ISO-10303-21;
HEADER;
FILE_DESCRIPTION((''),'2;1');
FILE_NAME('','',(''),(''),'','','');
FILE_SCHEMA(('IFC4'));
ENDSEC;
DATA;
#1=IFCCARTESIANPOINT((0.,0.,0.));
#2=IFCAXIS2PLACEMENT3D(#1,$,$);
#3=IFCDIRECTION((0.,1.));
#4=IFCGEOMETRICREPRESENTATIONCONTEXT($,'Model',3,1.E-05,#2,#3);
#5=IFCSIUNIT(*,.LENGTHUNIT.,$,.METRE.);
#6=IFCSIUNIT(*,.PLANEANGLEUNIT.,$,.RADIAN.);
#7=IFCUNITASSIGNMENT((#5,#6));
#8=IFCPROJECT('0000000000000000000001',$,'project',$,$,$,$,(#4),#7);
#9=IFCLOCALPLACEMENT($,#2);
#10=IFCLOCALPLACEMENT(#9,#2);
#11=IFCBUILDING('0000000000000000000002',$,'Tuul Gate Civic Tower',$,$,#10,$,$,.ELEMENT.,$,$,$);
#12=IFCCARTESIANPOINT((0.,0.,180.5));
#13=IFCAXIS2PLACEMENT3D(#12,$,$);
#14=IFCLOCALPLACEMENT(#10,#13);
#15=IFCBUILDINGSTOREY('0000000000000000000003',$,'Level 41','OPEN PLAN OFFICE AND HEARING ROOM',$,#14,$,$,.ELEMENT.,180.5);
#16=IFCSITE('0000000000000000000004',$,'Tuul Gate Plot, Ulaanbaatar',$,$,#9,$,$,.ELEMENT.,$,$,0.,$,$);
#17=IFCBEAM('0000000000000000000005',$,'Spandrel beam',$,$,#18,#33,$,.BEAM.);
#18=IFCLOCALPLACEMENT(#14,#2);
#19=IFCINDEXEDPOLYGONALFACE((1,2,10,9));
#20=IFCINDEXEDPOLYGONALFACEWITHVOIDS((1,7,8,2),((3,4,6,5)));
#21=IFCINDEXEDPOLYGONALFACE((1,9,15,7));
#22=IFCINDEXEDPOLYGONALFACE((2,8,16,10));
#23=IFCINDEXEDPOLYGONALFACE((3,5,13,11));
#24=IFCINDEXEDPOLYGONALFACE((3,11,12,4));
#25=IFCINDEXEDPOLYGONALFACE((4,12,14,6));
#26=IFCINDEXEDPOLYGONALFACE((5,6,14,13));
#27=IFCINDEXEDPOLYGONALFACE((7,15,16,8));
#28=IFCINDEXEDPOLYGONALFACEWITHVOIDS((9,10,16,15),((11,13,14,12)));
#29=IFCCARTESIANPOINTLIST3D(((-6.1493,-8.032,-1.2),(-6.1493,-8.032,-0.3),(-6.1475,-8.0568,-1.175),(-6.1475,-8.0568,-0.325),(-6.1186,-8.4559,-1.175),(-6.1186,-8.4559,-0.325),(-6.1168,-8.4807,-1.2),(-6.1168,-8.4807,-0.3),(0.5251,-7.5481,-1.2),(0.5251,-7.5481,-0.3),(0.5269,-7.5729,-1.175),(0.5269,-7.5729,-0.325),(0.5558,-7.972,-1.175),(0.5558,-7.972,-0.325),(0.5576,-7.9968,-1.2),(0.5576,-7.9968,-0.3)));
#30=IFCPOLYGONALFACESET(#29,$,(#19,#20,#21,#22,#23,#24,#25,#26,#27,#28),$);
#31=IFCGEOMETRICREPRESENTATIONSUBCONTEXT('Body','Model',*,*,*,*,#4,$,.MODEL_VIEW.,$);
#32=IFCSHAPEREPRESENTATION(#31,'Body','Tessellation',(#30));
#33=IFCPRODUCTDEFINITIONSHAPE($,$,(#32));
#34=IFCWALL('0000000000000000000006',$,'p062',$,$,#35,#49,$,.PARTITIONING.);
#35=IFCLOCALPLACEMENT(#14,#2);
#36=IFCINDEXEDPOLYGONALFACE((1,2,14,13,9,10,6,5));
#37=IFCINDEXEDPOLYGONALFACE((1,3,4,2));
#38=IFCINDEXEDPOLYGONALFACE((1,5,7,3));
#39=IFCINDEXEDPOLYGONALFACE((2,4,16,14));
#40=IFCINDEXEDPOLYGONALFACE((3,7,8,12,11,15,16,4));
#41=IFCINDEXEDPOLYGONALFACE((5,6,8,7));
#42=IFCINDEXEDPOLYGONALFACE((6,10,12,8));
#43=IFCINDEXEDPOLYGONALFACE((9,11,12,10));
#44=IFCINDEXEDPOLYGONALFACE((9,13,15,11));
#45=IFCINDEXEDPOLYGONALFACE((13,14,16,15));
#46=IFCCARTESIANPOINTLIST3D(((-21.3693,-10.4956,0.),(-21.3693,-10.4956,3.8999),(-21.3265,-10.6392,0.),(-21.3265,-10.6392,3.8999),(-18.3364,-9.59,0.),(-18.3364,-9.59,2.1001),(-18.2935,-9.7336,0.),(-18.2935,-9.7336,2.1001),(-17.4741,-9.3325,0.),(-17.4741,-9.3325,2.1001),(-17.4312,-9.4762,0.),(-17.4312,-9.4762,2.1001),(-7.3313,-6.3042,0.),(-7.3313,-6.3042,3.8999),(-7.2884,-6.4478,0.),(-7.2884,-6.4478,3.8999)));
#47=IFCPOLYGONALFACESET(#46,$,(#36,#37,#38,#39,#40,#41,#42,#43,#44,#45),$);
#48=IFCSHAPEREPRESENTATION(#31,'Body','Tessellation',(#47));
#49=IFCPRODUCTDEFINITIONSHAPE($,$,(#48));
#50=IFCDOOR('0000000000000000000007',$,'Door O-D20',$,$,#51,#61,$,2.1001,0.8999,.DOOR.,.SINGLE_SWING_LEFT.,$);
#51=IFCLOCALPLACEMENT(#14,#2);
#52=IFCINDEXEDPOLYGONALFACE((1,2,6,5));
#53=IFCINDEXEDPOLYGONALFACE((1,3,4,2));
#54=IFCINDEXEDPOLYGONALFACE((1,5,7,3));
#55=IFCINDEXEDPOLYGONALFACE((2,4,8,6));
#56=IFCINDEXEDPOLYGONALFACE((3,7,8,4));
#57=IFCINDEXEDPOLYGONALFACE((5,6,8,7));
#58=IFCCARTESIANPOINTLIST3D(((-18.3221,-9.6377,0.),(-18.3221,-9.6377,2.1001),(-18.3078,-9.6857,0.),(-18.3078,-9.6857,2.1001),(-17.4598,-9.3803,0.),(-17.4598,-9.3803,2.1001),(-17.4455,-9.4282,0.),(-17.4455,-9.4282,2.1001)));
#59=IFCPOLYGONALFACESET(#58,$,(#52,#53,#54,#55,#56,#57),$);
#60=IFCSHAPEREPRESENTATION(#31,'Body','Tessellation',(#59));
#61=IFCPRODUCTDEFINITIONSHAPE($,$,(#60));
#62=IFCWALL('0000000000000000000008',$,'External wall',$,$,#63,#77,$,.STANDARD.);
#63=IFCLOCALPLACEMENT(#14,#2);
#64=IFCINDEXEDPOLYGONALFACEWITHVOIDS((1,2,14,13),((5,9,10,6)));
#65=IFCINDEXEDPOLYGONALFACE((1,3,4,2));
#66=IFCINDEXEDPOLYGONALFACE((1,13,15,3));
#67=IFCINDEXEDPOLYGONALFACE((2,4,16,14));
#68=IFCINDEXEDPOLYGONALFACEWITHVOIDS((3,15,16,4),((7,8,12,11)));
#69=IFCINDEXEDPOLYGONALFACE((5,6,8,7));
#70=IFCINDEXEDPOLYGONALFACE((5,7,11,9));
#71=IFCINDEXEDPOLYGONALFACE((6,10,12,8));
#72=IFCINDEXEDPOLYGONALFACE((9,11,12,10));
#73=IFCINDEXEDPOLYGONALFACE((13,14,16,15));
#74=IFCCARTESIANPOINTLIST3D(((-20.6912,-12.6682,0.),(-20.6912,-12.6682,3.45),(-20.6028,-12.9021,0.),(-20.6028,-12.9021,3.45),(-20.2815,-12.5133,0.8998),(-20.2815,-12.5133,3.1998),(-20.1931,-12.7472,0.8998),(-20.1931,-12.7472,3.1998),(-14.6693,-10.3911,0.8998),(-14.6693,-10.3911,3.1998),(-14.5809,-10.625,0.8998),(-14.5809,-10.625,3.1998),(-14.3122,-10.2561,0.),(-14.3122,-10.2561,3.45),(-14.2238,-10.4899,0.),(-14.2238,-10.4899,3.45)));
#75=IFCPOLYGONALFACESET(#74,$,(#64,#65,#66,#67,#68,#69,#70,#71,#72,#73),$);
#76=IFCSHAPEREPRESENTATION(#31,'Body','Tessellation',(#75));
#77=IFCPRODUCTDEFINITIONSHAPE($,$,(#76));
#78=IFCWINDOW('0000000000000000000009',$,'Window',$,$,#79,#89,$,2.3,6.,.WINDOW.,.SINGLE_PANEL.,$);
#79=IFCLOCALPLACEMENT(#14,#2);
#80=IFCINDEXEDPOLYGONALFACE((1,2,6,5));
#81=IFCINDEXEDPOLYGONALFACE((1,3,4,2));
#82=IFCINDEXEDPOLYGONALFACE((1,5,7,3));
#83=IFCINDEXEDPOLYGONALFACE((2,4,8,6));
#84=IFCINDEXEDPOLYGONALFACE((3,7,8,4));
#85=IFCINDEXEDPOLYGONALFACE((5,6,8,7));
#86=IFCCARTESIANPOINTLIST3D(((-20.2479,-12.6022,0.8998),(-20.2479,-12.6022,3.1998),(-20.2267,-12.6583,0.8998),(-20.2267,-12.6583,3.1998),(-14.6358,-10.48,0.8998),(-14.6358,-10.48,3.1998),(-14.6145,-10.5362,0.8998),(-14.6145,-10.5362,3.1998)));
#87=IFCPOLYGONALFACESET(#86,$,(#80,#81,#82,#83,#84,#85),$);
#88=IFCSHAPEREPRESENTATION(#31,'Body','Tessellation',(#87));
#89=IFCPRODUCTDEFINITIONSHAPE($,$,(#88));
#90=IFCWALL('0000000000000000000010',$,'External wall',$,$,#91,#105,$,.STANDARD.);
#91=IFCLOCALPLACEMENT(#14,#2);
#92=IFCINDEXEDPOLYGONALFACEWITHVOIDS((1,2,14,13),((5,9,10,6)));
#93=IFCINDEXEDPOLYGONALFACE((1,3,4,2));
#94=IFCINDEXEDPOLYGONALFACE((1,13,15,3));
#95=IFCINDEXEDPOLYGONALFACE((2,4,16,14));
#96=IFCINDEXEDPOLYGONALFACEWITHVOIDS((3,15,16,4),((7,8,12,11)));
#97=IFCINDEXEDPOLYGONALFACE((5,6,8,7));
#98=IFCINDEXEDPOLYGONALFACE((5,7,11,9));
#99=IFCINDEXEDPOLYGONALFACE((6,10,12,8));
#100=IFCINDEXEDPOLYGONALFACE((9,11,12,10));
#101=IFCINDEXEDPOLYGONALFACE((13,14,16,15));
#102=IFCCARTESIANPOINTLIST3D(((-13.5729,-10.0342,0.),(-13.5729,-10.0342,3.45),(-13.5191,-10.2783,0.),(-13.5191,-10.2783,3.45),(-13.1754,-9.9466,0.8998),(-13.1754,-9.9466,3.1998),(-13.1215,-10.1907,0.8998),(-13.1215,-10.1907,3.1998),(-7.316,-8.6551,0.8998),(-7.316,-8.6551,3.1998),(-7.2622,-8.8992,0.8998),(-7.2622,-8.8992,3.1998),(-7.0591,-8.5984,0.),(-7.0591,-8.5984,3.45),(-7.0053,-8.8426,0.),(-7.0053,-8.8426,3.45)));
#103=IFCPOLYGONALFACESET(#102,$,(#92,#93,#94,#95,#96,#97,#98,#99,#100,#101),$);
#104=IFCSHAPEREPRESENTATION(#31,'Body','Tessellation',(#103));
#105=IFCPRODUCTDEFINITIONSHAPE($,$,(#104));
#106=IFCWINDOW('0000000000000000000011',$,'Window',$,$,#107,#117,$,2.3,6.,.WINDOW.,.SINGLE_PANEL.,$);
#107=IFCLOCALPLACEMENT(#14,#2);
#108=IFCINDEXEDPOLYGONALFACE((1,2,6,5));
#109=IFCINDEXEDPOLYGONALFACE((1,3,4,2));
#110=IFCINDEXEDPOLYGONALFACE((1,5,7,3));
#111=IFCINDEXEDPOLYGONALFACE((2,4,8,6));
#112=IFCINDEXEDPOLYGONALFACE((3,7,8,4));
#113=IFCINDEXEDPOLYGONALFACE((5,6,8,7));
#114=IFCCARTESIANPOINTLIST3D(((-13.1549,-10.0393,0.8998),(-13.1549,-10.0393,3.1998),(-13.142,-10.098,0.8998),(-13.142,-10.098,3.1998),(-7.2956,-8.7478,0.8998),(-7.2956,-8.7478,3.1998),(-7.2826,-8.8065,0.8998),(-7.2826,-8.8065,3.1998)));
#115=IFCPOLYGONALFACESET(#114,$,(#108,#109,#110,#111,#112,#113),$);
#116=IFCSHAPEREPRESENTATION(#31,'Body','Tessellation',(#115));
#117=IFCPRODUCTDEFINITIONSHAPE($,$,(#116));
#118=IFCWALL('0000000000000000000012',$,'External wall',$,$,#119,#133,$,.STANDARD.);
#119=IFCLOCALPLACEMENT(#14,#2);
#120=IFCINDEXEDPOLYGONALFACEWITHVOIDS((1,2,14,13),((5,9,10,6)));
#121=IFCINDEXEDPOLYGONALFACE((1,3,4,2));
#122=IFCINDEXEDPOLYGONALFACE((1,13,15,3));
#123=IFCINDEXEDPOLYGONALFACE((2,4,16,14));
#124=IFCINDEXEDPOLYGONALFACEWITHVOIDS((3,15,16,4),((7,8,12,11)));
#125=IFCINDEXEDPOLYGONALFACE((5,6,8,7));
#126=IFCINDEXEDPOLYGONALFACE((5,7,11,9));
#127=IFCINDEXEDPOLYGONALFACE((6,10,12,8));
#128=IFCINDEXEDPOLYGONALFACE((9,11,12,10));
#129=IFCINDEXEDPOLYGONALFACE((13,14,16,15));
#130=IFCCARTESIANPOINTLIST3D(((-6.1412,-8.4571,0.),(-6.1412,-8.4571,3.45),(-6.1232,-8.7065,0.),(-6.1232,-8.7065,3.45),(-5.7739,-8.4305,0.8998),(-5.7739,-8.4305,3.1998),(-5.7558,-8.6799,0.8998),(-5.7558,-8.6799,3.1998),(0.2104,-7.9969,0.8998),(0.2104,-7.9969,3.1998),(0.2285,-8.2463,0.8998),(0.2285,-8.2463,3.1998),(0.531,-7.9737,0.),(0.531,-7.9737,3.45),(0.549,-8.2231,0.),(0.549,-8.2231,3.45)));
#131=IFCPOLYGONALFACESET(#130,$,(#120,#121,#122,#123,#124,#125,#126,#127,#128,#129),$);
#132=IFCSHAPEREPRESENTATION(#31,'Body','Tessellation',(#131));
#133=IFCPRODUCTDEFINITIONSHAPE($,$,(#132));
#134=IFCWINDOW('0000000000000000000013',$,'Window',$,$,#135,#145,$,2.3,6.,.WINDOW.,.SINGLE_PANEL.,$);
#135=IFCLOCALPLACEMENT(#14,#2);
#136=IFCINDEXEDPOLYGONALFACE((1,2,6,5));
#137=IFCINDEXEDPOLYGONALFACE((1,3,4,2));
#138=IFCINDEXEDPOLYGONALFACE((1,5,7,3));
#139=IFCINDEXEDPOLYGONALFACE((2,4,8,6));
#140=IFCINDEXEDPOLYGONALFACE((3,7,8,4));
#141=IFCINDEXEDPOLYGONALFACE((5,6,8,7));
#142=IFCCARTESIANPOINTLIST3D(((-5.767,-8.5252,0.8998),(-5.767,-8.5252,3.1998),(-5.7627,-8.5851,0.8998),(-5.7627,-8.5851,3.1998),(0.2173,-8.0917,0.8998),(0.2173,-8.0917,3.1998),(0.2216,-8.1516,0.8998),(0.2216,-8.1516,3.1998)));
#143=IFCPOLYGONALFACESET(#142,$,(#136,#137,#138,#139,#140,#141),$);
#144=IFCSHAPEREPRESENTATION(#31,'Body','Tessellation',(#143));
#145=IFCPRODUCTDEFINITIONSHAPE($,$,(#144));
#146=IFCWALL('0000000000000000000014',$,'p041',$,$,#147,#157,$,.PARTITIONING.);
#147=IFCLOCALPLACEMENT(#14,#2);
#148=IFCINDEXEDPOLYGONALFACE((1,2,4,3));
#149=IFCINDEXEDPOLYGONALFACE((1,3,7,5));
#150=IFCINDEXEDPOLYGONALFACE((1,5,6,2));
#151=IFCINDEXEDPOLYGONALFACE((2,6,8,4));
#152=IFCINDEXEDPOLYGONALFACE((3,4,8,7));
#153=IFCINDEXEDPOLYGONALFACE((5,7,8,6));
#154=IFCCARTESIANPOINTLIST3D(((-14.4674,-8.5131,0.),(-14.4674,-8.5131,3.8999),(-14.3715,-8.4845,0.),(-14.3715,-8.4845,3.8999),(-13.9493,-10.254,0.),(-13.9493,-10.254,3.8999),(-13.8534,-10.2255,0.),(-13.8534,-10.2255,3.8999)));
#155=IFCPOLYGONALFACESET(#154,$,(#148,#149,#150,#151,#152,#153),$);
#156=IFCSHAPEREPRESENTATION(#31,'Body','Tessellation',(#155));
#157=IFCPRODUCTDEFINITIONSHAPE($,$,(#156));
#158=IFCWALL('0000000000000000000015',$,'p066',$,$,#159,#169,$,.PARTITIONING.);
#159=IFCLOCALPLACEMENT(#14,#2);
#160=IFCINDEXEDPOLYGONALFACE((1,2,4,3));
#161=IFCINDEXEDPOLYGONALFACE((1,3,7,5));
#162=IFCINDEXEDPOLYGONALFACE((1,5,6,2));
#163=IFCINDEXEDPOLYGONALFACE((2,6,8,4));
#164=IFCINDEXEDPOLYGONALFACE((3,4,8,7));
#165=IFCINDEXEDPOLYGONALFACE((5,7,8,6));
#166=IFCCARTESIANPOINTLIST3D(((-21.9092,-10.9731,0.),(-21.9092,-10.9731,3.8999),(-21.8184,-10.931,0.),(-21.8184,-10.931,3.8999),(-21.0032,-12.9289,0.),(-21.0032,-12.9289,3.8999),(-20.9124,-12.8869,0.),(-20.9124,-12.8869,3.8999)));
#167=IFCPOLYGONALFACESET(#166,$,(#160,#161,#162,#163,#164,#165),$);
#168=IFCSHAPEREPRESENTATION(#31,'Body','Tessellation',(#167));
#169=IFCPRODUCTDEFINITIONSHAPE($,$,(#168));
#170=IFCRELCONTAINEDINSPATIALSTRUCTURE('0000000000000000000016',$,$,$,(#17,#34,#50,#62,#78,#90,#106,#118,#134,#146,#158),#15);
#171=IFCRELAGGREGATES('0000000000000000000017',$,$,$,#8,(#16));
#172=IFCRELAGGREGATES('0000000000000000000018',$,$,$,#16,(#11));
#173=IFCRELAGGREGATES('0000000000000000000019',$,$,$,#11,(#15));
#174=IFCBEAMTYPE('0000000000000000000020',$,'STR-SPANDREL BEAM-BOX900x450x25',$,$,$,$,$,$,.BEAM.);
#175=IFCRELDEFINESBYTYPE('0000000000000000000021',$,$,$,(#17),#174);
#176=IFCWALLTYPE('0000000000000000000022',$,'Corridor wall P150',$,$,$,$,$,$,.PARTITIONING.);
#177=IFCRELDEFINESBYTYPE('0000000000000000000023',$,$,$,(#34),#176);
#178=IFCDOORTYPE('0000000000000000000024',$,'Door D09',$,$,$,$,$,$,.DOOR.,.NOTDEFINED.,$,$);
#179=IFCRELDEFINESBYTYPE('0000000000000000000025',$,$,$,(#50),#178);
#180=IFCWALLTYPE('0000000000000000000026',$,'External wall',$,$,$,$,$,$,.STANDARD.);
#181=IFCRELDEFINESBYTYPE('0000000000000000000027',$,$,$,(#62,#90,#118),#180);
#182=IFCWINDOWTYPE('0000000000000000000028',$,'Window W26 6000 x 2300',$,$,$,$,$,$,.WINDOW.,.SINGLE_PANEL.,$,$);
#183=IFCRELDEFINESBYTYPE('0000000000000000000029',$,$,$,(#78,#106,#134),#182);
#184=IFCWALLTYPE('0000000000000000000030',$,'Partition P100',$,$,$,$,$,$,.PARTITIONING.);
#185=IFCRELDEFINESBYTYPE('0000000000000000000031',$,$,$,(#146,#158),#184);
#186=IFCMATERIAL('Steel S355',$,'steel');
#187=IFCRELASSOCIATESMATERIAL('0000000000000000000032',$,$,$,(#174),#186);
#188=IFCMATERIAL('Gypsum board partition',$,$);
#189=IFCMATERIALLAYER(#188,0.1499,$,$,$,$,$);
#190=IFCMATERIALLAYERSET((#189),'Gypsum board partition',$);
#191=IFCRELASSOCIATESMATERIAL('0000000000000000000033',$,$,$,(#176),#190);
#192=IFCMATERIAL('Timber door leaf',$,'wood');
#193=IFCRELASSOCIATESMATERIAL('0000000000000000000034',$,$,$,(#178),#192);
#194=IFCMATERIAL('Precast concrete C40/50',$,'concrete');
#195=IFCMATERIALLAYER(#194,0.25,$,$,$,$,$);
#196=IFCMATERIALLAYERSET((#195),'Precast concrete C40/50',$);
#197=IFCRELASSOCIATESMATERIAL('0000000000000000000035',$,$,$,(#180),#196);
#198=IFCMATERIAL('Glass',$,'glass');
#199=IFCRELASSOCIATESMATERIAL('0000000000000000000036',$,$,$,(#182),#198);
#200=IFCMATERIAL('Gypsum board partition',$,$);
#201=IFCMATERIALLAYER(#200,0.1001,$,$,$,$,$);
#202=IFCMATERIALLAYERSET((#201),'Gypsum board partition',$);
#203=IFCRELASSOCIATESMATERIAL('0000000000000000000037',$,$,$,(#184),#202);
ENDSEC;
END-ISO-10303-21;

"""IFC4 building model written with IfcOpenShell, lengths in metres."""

from ifc_helpers import new_model, si_unit, direction, frame, frame_2d, origin, origin_2d, place, context, subcontext, project, spatial, rectangle, hollow_rectangle, extrude, material, layer, layer_set, material_profile, profile_set, type_object, element, fill, save


model = new_model("IFC4")

# Units and contexts
model_context = context("Model", 3, precision=1e-05, world=origin(), true_north=direction((0.0, 1.0)))
body_context = subcontext(model_context, "Body", "Model", "MODEL_VIEW")
ifc_project = project(units=[si_unit("LENGTHUNIT", "METRE"), si_unit("PLANEANGLEUNIT", "RADIAN")], contexts=[model_context])

# Site, building, storey
site_placement = place(None, origin())
site = spatial("IfcSite", under=ifc_project, at=site_placement, Name="Tuul Gate Plot, Ulaanbaatar", CompositionType="ELEMENT", RefElevation=0.0)
building_placement = place(site_placement, origin())
building = spatial("IfcBuilding", under=site, at=building_placement, Name="Tuul Gate Civic Tower", CompositionType="ELEMENT")
storey_placement = place(building_placement, frame((0.0, 0.0, 180.5)))
storey = spatial("IfcBuildingStorey", under=building, at=storey_placement, Name="Level 41", Description="OPEN PLAN OFFICE AND HEARING ROOM", CompositionType="ELEMENT", Elevation=180.5)

# Beam
ifc_material_1 = material(Name="Steel S355", Category="steel")
ifc_material_profile_1 = material_profile(ifc_material_1, hollow_rectangle(XDim=0.45, YDim=0.8999, WallThickness=0.0249, at=origin_2d()), Name="BOX900x450x25")
ifc_profile_set_1 = profile_set([ifc_material_profile_1], Name="Steel S355")
beam_type_1 = type_object("IfcBeamType", Name="STR-SPANDREL BEAM-BOX900x450x25", PredefinedType="BEAM", material=ifc_profile_set_1)
beam_1_placement = place(storey_placement, frame((-6.1331, -8.2563, -0.75), z_axis=(0.997382, 0.07231, 0.0), x_axis=(-0.07231, 0.997382, 0.0)))
element("IfcBeam", 1, at=beam_1_placement, inside=storey, type_object=beam_type_1, Name="Spandrel beam", PredefinedType="BEAM", context=body_context, shape_type="SweptSolid", body=[
    extrude(hollow_rectangle(XDim=0.45, YDim=0.8999, WallThickness=0.0249, at=origin_2d()), origin(), (0.0, 0.0, 1.0), 6.6919),
])

# Wall, opening, door
ifc_material_2 = material(Name="Gypsum board partition")
ifc_layer_1 = layer(ifc_material_2, 0.1499)
ifc_layer_set_1 = layer_set([ifc_layer_1], Name="Gypsum board partition")
wall_type_1 = type_object("IfcWallType", Name="Corridor wall P150", PredefinedType="PARTITIONING", material=ifc_layer_set_1)
wall_1_placement = place(storey_placement, frame((-21.3479, -10.5674, 0.0), z_axis=(0.0, 0.0, 1.0), x_axis=(0.958202, 0.286094, 0.0)))
wall_1 = element("IfcWall", 2, at=wall_1_placement, inside=storey, type_object=wall_type_1, Name="p062", PredefinedType="PARTITIONING", context=body_context, shape_type="SweptSolid", body=[
    extrude(rectangle(XDim=14.6504, YDim=0.1499, at=frame_2d((7.3252, 0.0))), origin(), (0.0, 0.0, 1.0), 3.8999),
])
opening_1_placement = place(wall_1_placement, frame((3.1653, 0.0, 0.0)))
opening_1 = element("IfcOpeningElement", 3, at=opening_1_placement, cuts=wall_1, PredefinedType="OPENING", context=body_context, shape_type="SweptSolid", body=[
    extrude(rectangle(XDim=0.8999, YDim=2.1001, at=frame_2d((0.45, 1.05))), frame((0.0, 0.085, 0.0), z_axis=(0.0, -1.0, 0.0), x_axis=(1.0, 0.0, 0.0)), (0.0, 0.0, 1.0), 0.1699),
])
ifc_material_3 = material(Name="Timber door leaf", Category="wood")
door_type = type_object("IfcDoorType", Name="Door D09", OperationType="NOTDEFINED", PredefinedType="DOOR", material=ifc_material_3)
door_placement = place(opening_1_placement, frame((0.8999, 0.0, 0.0), z_axis=(0.0, 0.0, 1.0), x_axis=(-1.0, 0.0, 0.0)))
door = element("IfcDoor", 4, at=door_placement, inside=storey, type_object=door_type, Name="Door O-D20", OperationType="SINGLE_SWING_LEFT", OverallHeight=2.1001, OverallWidth=0.8999, PredefinedType="DOOR", context=body_context, shape_type="SweptSolid", body=[
    extrude(rectangle(XDim=0.8999, YDim=2.1001, at=frame_2d((0.45, 1.05))), frame((0.0, 0.0249, 0.0), z_axis=(0.0, -1.0, 0.0), x_axis=(1.0, 0.0, 0.0)), (0.0, 0.0, 1.0), 0.05),
])
fill(opening_1, door)

# Walls, openings, windows
ifc_material_4 = material(Name="Precast concrete C40/50", Category="concrete")
ifc_layer_2 = layer(ifc_material_4, 0.25)
ifc_layer_set_2 = layer_set([ifc_layer_2], Name="Precast concrete C40/50")
wall_type_2 = type_object("IfcWallType", Name="External wall", PredefinedType="STANDARD", material=ifc_layer_set_2)
wall_2_placement = place(storey_placement, frame((-20.647, -12.7852, 0.0), z_axis=(0.0, 0.0, 1.0), x_axis=(0.935361, 0.353696, 0.0)))
wall_2 = element("IfcWall", 5, at=wall_2_placement, inside=storey, type_object=wall_type_2, Name="External wall", PredefinedType="STANDARD", context=body_context, shape_type="SweptSolid", body=[
    extrude(rectangle(XDim=6.8198, YDim=0.25, at=frame_2d((3.4099, 0.0))), origin(), (0.0, 0.0, 1.0), 3.45),
])
opening_2_placement = place(wall_2_placement, frame((0.438, 0.0, 0.8999)))
opening_2 = element("IfcOpeningElement", 6, at=opening_2_placement, cuts=wall_2, PredefinedType="OPENING", context=body_context, shape_type="SweptSolid", body=[
    extrude(rectangle(XDim=6.0, YDim=2.3, at=frame_2d((3.0, 1.1499))), frame((0.0, 0.135, 0.0), z_axis=(0.0, -1.0, 0.0), x_axis=(1.0, 0.0, 0.0)), (0.0, 0.0, 1.0), 0.27),
])
ifc_material_5 = material(Name="Glass", Category="glass")
window_type = type_object("IfcWindowType", Name="Window W26 6000 x 2300", PartitioningType="SINGLE_PANEL", PredefinedType="WINDOW", material=ifc_material_5)
window_1_placement = place(opening_2_placement, origin())
window_1 = element("IfcWindow", 7, at=window_1_placement, inside=storey, type_object=window_type, Name="Window", OverallHeight=2.3, OverallWidth=6.0, PartitioningType="SINGLE_PANEL", PredefinedType="WINDOW", context=body_context, shape_type="SweptSolid", body=[
    extrude(rectangle(XDim=6.0, YDim=2.3, at=frame_2d((3.0, 1.1499))), frame((0.0, 0.03, 0.0), z_axis=(0.0, -1.0, 0.0), x_axis=(1.0, 0.0, 0.0)), (0.0, 0.0, 1.0), 0.0601),
])
fill(opening_2, window_1)
wall_3_placement = place(storey_placement, frame((-13.5459, -10.1562, 0.0), z_axis=(0.0, 0.0, 1.0), x_axis=(0.976559, 0.215252, 0.0)))
wall_3 = element("IfcWall", 8, at=wall_3_placement, inside=storey, type_object=wall_type_2, Name="External wall", PredefinedType="STANDARD", context=body_context, shape_type="SweptSolid", body=[
    extrude(rectangle(XDim=6.6702, YDim=0.25, at=frame_2d((3.335, 0.0))), origin(), (0.0, 0.0, 1.0), 3.45),
])
opening_3_placement = place(wall_3_placement, frame((0.407, 0.0, 0.8999)))
opening_3 = element("IfcOpeningElement", 9, at=opening_3_placement, cuts=wall_3, PredefinedType="OPENING", context=body_context, shape_type="SweptSolid", body=[
    extrude(rectangle(XDim=6.0, YDim=2.3, at=frame_2d((3.0, 1.1499))), frame((0.0, 0.135, 0.0), z_axis=(0.0, -1.0, 0.0), x_axis=(1.0, 0.0, 0.0)), (0.0, 0.0, 1.0), 0.27),
])
window_2_placement = place(opening_3_placement, origin())
window_2 = element("IfcWindow", 10, at=window_2_placement, inside=storey, type_object=window_type, Name="Window", OverallHeight=2.3, OverallWidth=6.0, PartitioningType="SINGLE_PANEL", PredefinedType="WINDOW", context=body_context, shape_type="SweptSolid", body=[
    extrude(rectangle(XDim=6.0, YDim=2.3, at=frame_2d((3.0, 1.1499))), frame((0.0, 0.03, 0.0), z_axis=(0.0, -1.0, 0.0), x_axis=(1.0, 0.0, 0.0)), (0.0, 0.0, 1.0), 0.0601),
])
fill(opening_3, window_2)
wall_4_placement = place(storey_placement, frame((-6.1321, -8.5818, 0.0), z_axis=(0.0, 0.0, 1.0), x_axis=(0.997386, 0.072261, 0.0)))
wall_4 = element("IfcWall", 11, at=wall_4_placement, inside=storey, type_object=wall_type_2, Name="External wall", PredefinedType="STANDARD", context=body_context, shape_type="SweptSolid", body=[
    extrude(rectangle(XDim=6.6897, YDim=0.25, at=frame_2d((3.3447, 0.0))), origin(), (0.0, 0.0, 1.0), 3.45),
])
opening_4_placement = place(wall_4_placement, frame((0.3682, 0.0, 0.8999)))
opening_4 = element("IfcOpeningElement", 12, at=opening_4_placement, cuts=wall_4, PredefinedType="OPENING", context=body_context, shape_type="SweptSolid", body=[
    extrude(rectangle(XDim=6.0, YDim=2.3, at=frame_2d((3.0, 1.1499))), frame((0.0, 0.135, 0.0), z_axis=(0.0, -1.0, 0.0), x_axis=(1.0, 0.0, 0.0)), (0.0, 0.0, 1.0), 0.27),
])
window_3_placement = place(opening_4_placement, origin())
window_3 = element("IfcWindow", 13, at=window_3_placement, inside=storey, type_object=window_type, Name="Window", OverallHeight=2.3, OverallWidth=6.0, PartitioningType="SINGLE_PANEL", PredefinedType="WINDOW", context=body_context, shape_type="SweptSolid", body=[
    extrude(rectangle(XDim=6.0, YDim=2.3, at=frame_2d((3.0, 1.1499))), frame((0.0, 0.03, 0.0), z_axis=(0.0, -1.0, 0.0), x_axis=(1.0, 0.0, 0.0)), (0.0, 0.0, 1.0), 0.0601),
])
fill(opening_4, window_3)

# Walls
ifc_material_6 = material(Name="Gypsum board partition")
ifc_layer_3 = layer(ifc_material_6, 0.1001)
ifc_layer_set_3 = layer_set([ifc_layer_3], Name="Gypsum board partition")
wall_type_3 = type_object("IfcWallType", Name="Partition P100", PredefinedType="PARTITIONING", material=ifc_layer_set_3)
wall_5_placement = place(storey_placement, frame((-14.4194, -8.4988, 0.0), z_axis=(0.0, 0.0, 1.0), x_axis=(0.285214, -0.958464, 0.0)))
element("IfcWall", 14, at=wall_5_placement, inside=storey, type_object=wall_type_3, Name="p041", PredefinedType="PARTITIONING", context=body_context, shape_type="SweptSolid", body=[
    extrude(rectangle(XDim=1.8164, YDim=0.1001, at=frame_2d((0.9082, 0.0))), origin(), (0.0, 0.0, 1.0), 3.8999),
])
wall_6_placement = place(storey_placement, frame((-21.8638, -10.9521, 0.0), z_axis=(0.0, 0.0, 1.0), x_axis=(0.420329, -0.907372, 0.0)))
element("IfcWall", 15, at=wall_6_placement, inside=storey, type_object=wall_type_3, Name="p066", PredefinedType="PARTITIONING", context=body_context, shape_type="SweptSolid", body=[
    extrude(rectangle(XDim=2.1555, YDim=0.1001, at=frame_2d((1.0776, 0.0))), origin(), (0.0, 0.0, 1.0), 3.8999),
])

save(model, "model.ifc")
